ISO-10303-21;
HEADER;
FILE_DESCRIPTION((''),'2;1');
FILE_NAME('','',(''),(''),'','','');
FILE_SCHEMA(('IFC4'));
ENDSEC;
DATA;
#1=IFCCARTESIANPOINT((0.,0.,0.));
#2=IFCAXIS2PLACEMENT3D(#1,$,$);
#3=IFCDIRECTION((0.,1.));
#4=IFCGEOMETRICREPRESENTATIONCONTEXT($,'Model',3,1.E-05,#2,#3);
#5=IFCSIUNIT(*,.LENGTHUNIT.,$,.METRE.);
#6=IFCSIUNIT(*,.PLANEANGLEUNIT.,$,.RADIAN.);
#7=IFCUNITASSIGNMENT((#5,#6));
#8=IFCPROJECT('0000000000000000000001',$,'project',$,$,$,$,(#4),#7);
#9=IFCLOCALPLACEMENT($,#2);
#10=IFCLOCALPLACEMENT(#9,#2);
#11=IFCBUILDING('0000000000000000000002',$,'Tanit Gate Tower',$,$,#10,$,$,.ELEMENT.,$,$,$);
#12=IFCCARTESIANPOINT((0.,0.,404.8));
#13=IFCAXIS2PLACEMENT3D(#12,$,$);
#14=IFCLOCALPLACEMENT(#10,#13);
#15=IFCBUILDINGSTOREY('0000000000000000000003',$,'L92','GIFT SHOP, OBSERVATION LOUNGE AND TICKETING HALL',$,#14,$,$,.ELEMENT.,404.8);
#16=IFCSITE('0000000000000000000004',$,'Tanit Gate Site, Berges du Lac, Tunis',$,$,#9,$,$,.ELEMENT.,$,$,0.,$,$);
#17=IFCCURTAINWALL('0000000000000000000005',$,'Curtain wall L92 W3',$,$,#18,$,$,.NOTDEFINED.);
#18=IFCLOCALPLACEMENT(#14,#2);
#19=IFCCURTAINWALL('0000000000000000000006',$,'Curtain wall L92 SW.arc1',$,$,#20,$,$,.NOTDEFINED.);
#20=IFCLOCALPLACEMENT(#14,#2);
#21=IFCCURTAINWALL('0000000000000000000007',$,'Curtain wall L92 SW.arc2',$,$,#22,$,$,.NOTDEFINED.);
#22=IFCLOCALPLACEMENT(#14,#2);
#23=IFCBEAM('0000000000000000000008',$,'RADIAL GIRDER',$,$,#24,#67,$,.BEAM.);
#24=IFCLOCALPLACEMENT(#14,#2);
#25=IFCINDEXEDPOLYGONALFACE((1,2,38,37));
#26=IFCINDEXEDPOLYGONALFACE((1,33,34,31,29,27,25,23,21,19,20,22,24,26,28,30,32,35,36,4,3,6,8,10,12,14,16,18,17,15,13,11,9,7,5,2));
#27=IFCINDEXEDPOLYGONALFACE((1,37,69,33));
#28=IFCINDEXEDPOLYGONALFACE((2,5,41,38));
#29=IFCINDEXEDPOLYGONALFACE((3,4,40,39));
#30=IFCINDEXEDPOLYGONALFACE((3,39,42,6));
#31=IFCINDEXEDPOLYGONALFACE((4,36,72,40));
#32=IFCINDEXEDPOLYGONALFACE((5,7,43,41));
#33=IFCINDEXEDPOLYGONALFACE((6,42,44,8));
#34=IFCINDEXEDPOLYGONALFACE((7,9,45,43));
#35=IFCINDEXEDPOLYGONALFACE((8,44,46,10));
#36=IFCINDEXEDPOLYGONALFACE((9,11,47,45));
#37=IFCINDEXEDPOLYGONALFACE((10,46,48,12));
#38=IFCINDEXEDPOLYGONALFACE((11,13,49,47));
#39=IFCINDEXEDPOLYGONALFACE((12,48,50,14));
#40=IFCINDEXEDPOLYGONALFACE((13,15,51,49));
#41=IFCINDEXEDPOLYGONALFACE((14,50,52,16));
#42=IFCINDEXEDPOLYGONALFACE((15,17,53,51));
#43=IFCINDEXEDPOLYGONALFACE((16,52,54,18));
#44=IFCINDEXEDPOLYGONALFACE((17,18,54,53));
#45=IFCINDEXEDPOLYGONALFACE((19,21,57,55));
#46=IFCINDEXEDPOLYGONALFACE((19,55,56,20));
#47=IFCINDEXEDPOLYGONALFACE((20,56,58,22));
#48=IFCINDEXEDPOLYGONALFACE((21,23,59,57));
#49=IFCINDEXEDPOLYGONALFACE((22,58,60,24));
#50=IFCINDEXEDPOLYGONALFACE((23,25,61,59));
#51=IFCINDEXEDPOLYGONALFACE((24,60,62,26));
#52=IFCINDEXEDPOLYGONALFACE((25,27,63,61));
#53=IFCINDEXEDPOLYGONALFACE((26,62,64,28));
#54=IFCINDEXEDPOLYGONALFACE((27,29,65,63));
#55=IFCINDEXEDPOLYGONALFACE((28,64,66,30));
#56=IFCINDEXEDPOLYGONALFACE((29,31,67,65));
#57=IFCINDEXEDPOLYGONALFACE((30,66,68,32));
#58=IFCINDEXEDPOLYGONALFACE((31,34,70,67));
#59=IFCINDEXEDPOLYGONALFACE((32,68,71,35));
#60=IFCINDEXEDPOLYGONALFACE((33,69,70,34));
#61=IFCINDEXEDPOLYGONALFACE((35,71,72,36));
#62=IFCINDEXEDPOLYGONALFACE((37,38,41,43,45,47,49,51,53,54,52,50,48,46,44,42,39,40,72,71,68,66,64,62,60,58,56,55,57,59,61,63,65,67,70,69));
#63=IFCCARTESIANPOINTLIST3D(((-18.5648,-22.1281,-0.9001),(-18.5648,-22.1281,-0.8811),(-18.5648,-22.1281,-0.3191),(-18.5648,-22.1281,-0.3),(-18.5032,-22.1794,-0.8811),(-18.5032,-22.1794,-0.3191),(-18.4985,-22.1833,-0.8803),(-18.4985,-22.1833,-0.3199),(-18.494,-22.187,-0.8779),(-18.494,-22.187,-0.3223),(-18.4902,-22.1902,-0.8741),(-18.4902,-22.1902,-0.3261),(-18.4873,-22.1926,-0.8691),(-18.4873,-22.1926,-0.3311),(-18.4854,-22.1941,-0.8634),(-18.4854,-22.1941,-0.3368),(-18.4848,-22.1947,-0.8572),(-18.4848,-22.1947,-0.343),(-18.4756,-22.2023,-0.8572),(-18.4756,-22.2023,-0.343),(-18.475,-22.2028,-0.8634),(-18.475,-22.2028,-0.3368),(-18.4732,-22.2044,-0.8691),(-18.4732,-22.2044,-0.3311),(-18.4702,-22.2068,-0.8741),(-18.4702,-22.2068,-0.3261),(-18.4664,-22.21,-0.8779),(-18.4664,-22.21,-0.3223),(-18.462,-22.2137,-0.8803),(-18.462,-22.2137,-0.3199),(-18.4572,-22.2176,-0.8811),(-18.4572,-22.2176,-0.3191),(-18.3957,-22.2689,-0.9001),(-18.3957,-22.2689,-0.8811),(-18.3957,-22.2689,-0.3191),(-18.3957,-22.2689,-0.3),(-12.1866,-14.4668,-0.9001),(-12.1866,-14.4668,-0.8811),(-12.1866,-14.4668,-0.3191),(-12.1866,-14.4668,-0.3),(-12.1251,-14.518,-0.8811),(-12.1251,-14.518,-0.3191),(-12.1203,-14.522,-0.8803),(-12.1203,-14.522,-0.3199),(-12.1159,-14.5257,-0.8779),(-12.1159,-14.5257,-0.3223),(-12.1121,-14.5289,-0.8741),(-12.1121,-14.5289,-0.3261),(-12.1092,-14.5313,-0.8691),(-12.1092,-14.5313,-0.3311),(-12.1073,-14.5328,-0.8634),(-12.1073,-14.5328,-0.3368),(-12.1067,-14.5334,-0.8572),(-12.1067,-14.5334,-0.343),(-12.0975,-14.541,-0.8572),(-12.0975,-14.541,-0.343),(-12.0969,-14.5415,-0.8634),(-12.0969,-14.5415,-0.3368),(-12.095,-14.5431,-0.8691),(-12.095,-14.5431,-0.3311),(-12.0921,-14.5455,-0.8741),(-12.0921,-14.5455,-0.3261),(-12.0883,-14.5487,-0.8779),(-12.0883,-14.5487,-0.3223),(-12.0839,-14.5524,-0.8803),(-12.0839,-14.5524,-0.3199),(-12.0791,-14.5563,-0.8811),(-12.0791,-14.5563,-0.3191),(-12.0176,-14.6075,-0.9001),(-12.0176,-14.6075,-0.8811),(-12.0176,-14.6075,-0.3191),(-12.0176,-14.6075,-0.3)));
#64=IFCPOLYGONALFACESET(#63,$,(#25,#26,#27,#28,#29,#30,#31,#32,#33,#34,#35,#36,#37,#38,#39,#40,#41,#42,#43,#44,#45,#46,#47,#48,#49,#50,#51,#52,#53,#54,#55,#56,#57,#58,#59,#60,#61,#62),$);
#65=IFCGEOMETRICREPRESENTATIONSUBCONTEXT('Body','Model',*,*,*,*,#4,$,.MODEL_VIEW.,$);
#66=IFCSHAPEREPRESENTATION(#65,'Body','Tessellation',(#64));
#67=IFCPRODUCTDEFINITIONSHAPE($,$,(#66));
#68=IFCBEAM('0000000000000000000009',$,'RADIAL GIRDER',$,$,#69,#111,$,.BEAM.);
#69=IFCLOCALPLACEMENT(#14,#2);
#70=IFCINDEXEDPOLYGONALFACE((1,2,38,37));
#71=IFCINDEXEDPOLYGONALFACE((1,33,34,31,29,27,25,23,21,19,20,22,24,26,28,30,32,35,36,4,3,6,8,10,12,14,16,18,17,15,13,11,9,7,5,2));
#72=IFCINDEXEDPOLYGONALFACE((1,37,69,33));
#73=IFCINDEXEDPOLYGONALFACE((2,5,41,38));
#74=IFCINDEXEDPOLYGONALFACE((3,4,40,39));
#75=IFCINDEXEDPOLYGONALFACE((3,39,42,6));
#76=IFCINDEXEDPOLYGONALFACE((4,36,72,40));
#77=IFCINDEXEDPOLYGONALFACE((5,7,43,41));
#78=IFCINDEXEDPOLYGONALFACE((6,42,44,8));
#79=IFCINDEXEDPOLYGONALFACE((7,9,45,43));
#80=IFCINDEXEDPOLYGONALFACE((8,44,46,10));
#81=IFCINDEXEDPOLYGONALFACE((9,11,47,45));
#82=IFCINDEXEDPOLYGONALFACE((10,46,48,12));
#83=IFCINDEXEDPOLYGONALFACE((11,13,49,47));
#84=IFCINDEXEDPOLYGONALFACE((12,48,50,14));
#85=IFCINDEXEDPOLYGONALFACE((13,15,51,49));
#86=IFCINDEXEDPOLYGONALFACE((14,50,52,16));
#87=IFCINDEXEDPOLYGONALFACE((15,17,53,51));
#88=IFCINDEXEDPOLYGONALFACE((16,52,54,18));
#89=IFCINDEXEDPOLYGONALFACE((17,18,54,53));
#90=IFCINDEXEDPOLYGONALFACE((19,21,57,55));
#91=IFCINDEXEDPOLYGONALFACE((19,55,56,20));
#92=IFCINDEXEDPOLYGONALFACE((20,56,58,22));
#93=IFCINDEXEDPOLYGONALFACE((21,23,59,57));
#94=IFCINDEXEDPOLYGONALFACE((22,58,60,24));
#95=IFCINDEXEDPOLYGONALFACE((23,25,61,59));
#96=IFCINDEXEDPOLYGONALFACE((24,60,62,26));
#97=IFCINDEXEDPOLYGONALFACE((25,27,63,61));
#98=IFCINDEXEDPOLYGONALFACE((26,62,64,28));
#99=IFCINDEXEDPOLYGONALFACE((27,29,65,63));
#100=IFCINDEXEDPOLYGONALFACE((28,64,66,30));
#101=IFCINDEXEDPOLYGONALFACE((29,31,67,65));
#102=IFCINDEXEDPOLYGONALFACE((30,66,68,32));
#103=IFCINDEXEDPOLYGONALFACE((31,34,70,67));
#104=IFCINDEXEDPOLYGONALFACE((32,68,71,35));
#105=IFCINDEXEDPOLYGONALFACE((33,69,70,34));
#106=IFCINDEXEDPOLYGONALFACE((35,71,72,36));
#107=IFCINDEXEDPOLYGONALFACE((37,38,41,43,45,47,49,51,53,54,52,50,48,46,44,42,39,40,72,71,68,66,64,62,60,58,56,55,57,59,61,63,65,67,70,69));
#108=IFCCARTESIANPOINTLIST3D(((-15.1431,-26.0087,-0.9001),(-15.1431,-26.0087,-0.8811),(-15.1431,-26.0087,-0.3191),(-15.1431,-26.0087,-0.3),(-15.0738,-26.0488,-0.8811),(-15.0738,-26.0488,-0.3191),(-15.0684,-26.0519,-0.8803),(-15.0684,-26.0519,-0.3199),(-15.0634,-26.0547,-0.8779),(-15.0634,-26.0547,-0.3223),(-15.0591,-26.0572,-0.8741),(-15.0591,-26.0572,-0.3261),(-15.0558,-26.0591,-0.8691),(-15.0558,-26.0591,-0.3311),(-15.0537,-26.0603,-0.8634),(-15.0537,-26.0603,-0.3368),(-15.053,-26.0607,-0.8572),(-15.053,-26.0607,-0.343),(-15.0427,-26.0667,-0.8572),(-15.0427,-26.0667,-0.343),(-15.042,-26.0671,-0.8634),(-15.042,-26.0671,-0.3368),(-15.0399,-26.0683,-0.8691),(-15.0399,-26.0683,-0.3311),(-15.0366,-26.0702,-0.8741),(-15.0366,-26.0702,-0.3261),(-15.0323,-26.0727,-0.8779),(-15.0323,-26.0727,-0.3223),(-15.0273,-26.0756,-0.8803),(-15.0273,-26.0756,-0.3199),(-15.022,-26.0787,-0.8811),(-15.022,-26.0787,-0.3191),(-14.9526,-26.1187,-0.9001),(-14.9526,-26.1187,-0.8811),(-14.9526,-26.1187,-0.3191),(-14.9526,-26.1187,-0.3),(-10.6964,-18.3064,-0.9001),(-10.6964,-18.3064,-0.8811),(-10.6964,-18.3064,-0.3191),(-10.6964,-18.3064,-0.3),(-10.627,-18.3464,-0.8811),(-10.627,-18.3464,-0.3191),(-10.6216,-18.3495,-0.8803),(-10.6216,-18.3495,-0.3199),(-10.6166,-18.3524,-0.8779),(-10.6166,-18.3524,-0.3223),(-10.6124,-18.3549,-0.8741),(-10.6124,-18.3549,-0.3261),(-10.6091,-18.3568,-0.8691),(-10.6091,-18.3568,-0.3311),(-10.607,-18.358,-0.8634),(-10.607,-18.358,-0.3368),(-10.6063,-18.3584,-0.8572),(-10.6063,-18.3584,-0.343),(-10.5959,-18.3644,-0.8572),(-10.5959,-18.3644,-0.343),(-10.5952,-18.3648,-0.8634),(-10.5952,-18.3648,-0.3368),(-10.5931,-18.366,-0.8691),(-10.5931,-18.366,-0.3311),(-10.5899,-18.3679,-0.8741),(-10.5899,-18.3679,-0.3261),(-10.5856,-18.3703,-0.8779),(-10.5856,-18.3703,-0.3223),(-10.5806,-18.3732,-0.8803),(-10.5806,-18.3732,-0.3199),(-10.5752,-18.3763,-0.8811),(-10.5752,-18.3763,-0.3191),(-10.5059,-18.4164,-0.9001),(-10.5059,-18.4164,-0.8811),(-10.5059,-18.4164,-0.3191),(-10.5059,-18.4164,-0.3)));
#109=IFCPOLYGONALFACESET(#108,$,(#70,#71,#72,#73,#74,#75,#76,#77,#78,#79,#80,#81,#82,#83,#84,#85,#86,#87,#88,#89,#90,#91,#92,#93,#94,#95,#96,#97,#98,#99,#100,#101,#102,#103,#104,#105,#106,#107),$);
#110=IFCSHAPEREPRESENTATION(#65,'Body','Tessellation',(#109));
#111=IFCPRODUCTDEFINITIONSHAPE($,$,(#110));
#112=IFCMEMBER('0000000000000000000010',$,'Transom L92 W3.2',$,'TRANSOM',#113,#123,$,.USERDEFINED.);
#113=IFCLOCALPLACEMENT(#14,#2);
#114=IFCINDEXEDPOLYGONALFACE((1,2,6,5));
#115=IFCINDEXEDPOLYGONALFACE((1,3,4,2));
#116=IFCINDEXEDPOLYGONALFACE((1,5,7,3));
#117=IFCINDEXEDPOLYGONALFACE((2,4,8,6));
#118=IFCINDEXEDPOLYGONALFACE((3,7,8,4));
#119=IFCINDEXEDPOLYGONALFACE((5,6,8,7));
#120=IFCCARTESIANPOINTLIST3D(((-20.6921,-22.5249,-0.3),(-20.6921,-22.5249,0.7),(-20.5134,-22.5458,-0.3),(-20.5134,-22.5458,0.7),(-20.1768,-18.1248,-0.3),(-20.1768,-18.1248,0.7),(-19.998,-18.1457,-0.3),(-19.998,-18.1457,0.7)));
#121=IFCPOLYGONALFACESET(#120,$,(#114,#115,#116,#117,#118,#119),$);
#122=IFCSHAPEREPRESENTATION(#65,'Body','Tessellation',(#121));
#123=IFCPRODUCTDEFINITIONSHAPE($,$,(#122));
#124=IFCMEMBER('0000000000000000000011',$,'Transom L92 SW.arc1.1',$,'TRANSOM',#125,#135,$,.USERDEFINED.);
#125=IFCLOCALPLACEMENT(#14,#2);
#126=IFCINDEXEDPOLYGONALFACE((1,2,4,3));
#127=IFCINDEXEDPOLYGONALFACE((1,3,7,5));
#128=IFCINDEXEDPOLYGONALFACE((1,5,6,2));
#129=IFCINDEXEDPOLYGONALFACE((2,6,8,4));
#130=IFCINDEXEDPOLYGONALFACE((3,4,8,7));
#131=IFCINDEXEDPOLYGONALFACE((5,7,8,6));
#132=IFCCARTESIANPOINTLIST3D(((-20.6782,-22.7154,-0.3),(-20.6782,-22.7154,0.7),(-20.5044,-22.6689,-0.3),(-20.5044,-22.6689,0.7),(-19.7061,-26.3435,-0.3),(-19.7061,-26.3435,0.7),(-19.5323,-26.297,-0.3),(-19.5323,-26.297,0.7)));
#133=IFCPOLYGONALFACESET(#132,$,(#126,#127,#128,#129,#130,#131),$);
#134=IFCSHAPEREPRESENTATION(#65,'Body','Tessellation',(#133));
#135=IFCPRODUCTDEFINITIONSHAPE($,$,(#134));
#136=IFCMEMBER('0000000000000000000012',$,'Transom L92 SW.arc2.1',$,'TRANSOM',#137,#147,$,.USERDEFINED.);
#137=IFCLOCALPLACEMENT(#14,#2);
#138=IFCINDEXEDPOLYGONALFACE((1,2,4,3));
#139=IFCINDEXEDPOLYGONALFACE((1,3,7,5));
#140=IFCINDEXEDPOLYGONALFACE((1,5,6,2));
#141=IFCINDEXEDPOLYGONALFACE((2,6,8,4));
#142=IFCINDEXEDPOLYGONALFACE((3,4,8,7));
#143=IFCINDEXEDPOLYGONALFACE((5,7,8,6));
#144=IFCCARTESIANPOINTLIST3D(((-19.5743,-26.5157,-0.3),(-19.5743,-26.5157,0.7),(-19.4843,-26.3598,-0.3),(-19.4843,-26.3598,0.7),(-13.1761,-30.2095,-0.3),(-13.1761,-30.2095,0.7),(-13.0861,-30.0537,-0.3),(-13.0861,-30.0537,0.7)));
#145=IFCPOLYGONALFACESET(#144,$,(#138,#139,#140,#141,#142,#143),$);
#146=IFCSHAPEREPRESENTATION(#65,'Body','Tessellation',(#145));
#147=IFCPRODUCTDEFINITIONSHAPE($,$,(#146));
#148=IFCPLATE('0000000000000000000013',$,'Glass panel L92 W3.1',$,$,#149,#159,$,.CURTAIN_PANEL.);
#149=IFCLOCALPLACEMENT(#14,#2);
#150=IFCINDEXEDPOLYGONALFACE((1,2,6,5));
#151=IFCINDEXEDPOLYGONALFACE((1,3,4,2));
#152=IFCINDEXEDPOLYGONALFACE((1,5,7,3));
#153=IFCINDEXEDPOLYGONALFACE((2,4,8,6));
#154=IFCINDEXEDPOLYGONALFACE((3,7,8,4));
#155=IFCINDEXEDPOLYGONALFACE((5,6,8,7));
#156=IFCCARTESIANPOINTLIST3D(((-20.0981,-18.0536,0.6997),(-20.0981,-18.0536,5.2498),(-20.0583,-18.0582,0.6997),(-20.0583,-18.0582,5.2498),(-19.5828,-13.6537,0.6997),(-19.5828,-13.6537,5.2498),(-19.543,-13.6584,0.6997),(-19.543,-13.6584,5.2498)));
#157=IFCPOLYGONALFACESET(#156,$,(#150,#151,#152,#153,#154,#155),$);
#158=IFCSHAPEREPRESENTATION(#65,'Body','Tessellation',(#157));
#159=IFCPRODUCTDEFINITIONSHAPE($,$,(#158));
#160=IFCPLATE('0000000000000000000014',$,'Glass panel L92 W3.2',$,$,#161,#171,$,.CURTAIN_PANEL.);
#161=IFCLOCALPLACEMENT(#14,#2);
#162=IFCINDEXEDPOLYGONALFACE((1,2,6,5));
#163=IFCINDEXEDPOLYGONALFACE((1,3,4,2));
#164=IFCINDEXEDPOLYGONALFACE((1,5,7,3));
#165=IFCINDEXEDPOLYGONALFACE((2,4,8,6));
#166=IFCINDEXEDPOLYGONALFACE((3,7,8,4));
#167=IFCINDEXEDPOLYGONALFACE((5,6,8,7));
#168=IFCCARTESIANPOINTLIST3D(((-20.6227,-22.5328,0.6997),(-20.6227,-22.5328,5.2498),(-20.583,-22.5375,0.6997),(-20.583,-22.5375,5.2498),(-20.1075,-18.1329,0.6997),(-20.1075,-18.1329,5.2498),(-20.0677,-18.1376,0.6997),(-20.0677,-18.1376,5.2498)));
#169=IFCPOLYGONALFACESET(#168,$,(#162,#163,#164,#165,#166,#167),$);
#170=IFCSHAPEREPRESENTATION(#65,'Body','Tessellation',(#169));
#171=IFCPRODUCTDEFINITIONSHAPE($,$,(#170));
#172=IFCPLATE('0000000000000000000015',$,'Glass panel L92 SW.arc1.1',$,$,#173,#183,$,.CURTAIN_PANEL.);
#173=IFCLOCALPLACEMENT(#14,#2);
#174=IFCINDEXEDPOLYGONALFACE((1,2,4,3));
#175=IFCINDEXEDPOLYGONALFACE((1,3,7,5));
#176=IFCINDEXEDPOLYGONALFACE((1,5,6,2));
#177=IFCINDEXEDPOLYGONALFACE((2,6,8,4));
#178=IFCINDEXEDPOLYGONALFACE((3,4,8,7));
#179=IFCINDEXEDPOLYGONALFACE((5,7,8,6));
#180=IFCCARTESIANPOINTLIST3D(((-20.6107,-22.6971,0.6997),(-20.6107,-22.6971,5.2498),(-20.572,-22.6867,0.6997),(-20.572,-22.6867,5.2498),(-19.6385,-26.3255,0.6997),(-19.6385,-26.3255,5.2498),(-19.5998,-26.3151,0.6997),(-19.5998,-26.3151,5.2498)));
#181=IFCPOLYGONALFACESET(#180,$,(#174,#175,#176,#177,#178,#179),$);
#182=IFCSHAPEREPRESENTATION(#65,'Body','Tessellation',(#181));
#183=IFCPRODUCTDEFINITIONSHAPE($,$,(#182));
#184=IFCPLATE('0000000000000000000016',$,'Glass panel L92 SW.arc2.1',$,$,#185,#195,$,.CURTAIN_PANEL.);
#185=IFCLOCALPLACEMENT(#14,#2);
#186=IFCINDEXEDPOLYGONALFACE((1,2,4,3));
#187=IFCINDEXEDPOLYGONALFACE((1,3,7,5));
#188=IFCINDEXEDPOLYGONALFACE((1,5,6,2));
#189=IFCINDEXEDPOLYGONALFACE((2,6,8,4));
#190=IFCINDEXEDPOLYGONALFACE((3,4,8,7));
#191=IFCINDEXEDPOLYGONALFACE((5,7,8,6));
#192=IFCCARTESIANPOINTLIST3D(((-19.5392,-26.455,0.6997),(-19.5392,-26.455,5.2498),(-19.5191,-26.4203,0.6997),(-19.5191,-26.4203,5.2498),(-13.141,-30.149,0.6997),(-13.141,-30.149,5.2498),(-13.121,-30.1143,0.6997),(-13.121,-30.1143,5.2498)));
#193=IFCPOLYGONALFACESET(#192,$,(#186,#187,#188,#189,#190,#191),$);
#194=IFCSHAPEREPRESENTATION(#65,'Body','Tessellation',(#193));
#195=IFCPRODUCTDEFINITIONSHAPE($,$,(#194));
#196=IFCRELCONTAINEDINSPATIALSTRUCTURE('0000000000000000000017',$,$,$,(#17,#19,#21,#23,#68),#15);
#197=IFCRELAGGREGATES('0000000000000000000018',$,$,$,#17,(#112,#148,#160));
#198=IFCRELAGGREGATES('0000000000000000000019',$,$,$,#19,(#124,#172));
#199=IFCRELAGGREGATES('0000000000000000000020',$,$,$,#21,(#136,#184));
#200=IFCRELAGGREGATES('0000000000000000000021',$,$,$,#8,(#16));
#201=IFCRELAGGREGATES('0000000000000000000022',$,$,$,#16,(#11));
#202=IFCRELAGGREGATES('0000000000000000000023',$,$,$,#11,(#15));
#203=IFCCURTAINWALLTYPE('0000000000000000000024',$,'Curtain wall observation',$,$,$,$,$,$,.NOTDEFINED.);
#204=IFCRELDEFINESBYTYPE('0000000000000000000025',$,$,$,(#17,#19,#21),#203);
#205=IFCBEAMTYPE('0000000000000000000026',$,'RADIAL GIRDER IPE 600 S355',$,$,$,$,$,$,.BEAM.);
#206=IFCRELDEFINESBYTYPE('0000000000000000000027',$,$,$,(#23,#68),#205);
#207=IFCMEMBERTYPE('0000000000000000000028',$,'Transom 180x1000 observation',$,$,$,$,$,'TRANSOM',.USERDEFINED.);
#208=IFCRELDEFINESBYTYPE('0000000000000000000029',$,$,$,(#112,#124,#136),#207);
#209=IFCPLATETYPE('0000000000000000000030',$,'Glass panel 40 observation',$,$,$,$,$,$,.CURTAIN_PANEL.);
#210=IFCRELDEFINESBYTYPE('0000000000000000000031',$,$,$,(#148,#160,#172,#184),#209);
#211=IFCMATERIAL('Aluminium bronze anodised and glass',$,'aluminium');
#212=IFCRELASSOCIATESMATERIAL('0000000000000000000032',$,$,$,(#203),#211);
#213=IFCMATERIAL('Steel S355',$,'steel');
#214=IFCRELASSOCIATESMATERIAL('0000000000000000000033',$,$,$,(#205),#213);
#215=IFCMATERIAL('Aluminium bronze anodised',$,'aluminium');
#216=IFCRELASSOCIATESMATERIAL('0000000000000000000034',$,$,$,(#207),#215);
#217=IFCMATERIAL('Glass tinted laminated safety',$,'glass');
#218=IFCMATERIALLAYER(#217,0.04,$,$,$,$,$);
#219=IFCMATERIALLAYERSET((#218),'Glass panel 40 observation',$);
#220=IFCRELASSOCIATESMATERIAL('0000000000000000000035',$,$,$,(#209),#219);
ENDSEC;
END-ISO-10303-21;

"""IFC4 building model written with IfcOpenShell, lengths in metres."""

from ifc_helpers import new_model, si_unit, direction, frame, origin, origin_2d, place, context, subcontext, project, spatial, rectangle, i_section, extrude, material, layer, layer_set, material_profile, profile_set, type_object, element, aggregate, save


model = new_model("IFC4")

# Units and contexts
model_context = context("Model", 3, precision=1e-05, world=origin(), true_north=direction((0.0, 1.0)))
body_context = subcontext(model_context, "Body", "Model", "MODEL_VIEW")
ifc_project = project(units=[si_unit("LENGTHUNIT", "METRE"), si_unit("PLANEANGLEUNIT", "RADIAN")], contexts=[model_context])

# Site, building, storey
site_placement = place(None, origin())
site = spatial("IfcSite", under=ifc_project, at=site_placement, Name="Tanit Gate Site, Berges du Lac, Tunis", CompositionType="ELEMENT", RefElevation=0.0)
building_placement = place(site_placement, origin())
building = spatial("IfcBuilding", under=site, at=building_placement, Name="Tanit Gate Tower", CompositionType="ELEMENT")
storey_placement = place(building_placement, frame((0.0, 0.0, 404.8)))
storey = spatial("IfcBuildingStorey", under=building, at=storey_placement, Name="L92", Description="GIFT SHOP, OBSERVATION LOUNGE AND TICKETING HALL", CompositionType="ELEMENT", Elevation=404.8)

# Curtain walls
ifc_material_1 = material(Name="Aluminium bronze anodised and glass", Category="aluminium")
curtain_wall_type = type_object("IfcCurtainWallType", Name="Curtain wall observation", PredefinedType="NOTDEFINED", material=ifc_material_1)
curtain_wall_1_placement = place(storey_placement, origin())
curtain_wall_1 = element("IfcCurtainWall", 1, at=curtain_wall_1_placement, inside=storey, type_object=curtain_wall_type, Name="Curtain wall L92 W3", PredefinedType="NOTDEFINED")
curtain_wall_2_placement = place(storey_placement, origin())
curtain_wall_2 = element("IfcCurtainWall", 2, at=curtain_wall_2_placement, inside=storey, type_object=curtain_wall_type, Name="Curtain wall L92 SW.arc1", PredefinedType="NOTDEFINED")

# Curtain wall
curtain_wall_3_placement = place(storey_placement, origin())
curtain_wall_3 = element("IfcCurtainWall", 3, at=curtain_wall_3_placement, inside=storey, type_object=curtain_wall_type, Name="Curtain wall L92 SW.arc2", PredefinedType="NOTDEFINED")

# Beams
ifc_material_2 = material(Name="Steel S355", Category="steel")
ifc_material_profile_1 = material_profile(ifc_material_2, i_section(OverallWidth=0.22, OverallDepth=0.6001, WebThickness=0.012, FlangeThickness=0.019, FilletRadius=0.0239, at=origin_2d()), Name="IPE 600")
ifc_profile_set_1 = profile_set([ifc_material_profile_1], Name="Steel S355")
beam_type = type_object("IfcBeamType", Name="RADIAL GIRDER IPE 600 S355", PredefinedType="BEAM", material=ifc_profile_set_1)
beam_1_placement = place(storey_placement, frame((-18.4802, -22.1985, -0.6001), z_axis=(0.639811, 0.768532, 0.0), x_axis=(-0.768532, 0.639811, 0.0)))
element("IfcBeam", 4, at=beam_1_placement, inside=storey, type_object=beam_type, Name="RADIAL GIRDER", PredefinedType="BEAM", context=body_context, shape_type="SweptSolid", body=[
    extrude(i_section(OverallWidth=0.22, OverallDepth=0.6001, WebThickness=0.012, FlangeThickness=0.019, FilletRadius=0.0239, at=origin_2d()), origin(), (0.0, 0.0, 1.0), 9.9688),
])
beam_2_placement = place(storey_placement, frame((-15.0479, -26.0637, -0.6001), z_axis=(0.499983, 0.866035, 0.0), x_axis=(-0.866035, 0.499983, 0.0)))
element("IfcBeam", 5, at=beam_2_placement, inside=storey, type_object=beam_type, Name="RADIAL GIRDER", PredefinedType="BEAM", context=body_context, shape_type="SweptSolid", body=[
    extrude(i_section(OverallWidth=0.22, OverallDepth=0.6001, WebThickness=0.012, FlangeThickness=0.019, FilletRadius=0.0239, at=origin_2d()), origin(), (0.0, 0.0, 1.0), 8.8938),
])

# Members
ifc_material_3 = material(Name="Aluminium bronze anodised", Category="aluminium")
ifc_material_profile_2 = material_profile(ifc_material_3, rectangle(XDim=0.1799, YDim=1.0, at=origin_2d()), Name="180x1000 bronze transom")
ifc_profile_set_2 = profile_set([ifc_material_profile_2], Name="Aluminium bronze anodised")
member_type_1 = type_object("IfcMemberType", Name="Transom 180x1000 observation", ElementType="TRANSOM", PredefinedType="USERDEFINED", material=ifc_profile_set_2)
member_1_placement = place(storey_placement, frame((-20.0874, -18.1353, 0.2), z_axis=(-0.116333, -0.99321, 0.0), x_axis=(0.99321, -0.116333, 0.0)))
member_1 = element("IfcMember", 6, at=member_1_placement, type_object=member_type_1, Name="Transom L92 W3.2", ObjectType="TRANSOM", PredefinedType="USERDEFINED", context=body_context, shape_type="SweptSolid", body=[
    extrude(rectangle(XDim=0.1799, YDim=1.0, at=origin_2d()), origin(), (0.0, 0.0, 1.0), 4.4302),
])
member_2_placement = place(storey_placement, frame((-20.5913, -22.6921, 0.2), z_axis=(0.258819, -0.965926, 0.0), x_axis=(0.965926, 0.258819, 0.0)))
member_2 = element("IfcMember", 7, at=member_2_placement, type_object=member_type_1, Name="Transom L92 SW.arc1.1", ObjectType="TRANSOM", PredefinedType="USERDEFINED", context=body_context, shape_type="SweptSolid", body=[
    extrude(rectangle(XDim=0.1799, YDim=1.0, at=origin_2d()), origin(), (0.0, 0.0, 1.0), 3.7561),
])
member_3_placement = place(storey_placement, frame((-19.5293, -26.4377, 0.2), z_axis=(0.866034, -0.499985, 0.0), x_axis=(0.499985, 0.866034, 0.0)))
member_3 = element("IfcMember", 8, at=member_3_placement, type_object=member_type_1, Name="Transom L92 SW.arc2.1", ObjectType="TRANSOM", PredefinedType="USERDEFINED", context=body_context, shape_type="SweptSolid", body=[
    extrude(rectangle(XDim=0.1799, YDim=1.0, at=origin_2d()), origin(), (0.0, 0.0, 1.0), 7.3879),
])

# Plates
ifc_material_4 = material(Name="Glass tinted laminated safety", Category="glass")
ifc_layer_1 = layer(ifc_material_4, 0.04)
ifc_layer_set_1 = layer_set([ifc_layer_1], Name="Glass panel 40 observation")
plate_type = type_object("IfcPlateType", Name="Glass panel 40 observation", PredefinedType="CURTAIN_PANEL", material=ifc_layer_set_1)
plate_1_placement = place(storey_placement, frame((-19.8206, -15.856, 0.6997), z_axis=(0.0, 0.0, 1.0), x_axis=(-0.116318, -0.993212, 0.0)))
plate_1 = element("IfcPlate", 9, at=plate_1_placement, type_object=plate_type, Name="Glass panel L92 W3.1", PredefinedType="CURTAIN_PANEL", context=body_context, shape_type="SweptSolid", body=[
    extrude(rectangle(XDim=4.4299, YDim=0.04, at=origin_2d()), origin(), (0.0, 0.0, 1.0), 4.55),
])
plate_2_placement = place(storey_placement, frame((-20.3452, -20.3352, 0.6997), z_axis=(0.0, 0.0, 1.0), x_axis=(-0.116318, -0.993212, 0.0)))
plate_2 = element("IfcPlate", 10, at=plate_2_placement, type_object=plate_type, Name="Glass panel L92 W3.2", PredefinedType="CURTAIN_PANEL", context=body_context, shape_type="SweptSolid", body=[
    extrude(rectangle(XDim=4.4299, YDim=0.04, at=origin_2d()), origin(), (0.0, 0.0, 1.0), 4.55),
])
aggregate(curtain_wall_1, [member_1, plate_1, plate_2])
plate_3_placement = place(storey_placement, frame((-20.1052, -24.5061, 0.6997), z_axis=(0.0, 0.0, 1.0), x_axis=(0.258819, -0.965926, 0.0)))
plate_3 = element("IfcPlate", 11, at=plate_3_placement, type_object=plate_type, Name="Glass panel L92 SW.arc1.1", PredefinedType="CURTAIN_PANEL", context=body_context, shape_type="SweptSolid", body=[
    extrude(rectangle(XDim=3.7563, YDim=0.04, at=origin_2d()), origin(), (0.0, 0.0, 1.0), 4.55),
])
aggregate(curtain_wall_2, [member_2, plate_3])
plate_4_placement = place(storey_placement, frame((-16.3301, -28.2847, 0.6997), z_axis=(0.0, 0.0, 1.0), x_axis=(0.866025, -0.5, 0.0)))
plate_4 = element("IfcPlate", 12, at=plate_4_placement, type_object=plate_type, Name="Glass panel L92 SW.arc2.1", PredefinedType="CURTAIN_PANEL", context=body_context, shape_type="SweptSolid", body=[
    extrude(rectangle(XDim=7.3879, YDim=0.04, at=origin_2d()), origin(), (0.0, 0.0, 1.0), 4.55),
])
aggregate(curtain_wall_3, [member_3, plate_4])

save(model, "model.ifc")
